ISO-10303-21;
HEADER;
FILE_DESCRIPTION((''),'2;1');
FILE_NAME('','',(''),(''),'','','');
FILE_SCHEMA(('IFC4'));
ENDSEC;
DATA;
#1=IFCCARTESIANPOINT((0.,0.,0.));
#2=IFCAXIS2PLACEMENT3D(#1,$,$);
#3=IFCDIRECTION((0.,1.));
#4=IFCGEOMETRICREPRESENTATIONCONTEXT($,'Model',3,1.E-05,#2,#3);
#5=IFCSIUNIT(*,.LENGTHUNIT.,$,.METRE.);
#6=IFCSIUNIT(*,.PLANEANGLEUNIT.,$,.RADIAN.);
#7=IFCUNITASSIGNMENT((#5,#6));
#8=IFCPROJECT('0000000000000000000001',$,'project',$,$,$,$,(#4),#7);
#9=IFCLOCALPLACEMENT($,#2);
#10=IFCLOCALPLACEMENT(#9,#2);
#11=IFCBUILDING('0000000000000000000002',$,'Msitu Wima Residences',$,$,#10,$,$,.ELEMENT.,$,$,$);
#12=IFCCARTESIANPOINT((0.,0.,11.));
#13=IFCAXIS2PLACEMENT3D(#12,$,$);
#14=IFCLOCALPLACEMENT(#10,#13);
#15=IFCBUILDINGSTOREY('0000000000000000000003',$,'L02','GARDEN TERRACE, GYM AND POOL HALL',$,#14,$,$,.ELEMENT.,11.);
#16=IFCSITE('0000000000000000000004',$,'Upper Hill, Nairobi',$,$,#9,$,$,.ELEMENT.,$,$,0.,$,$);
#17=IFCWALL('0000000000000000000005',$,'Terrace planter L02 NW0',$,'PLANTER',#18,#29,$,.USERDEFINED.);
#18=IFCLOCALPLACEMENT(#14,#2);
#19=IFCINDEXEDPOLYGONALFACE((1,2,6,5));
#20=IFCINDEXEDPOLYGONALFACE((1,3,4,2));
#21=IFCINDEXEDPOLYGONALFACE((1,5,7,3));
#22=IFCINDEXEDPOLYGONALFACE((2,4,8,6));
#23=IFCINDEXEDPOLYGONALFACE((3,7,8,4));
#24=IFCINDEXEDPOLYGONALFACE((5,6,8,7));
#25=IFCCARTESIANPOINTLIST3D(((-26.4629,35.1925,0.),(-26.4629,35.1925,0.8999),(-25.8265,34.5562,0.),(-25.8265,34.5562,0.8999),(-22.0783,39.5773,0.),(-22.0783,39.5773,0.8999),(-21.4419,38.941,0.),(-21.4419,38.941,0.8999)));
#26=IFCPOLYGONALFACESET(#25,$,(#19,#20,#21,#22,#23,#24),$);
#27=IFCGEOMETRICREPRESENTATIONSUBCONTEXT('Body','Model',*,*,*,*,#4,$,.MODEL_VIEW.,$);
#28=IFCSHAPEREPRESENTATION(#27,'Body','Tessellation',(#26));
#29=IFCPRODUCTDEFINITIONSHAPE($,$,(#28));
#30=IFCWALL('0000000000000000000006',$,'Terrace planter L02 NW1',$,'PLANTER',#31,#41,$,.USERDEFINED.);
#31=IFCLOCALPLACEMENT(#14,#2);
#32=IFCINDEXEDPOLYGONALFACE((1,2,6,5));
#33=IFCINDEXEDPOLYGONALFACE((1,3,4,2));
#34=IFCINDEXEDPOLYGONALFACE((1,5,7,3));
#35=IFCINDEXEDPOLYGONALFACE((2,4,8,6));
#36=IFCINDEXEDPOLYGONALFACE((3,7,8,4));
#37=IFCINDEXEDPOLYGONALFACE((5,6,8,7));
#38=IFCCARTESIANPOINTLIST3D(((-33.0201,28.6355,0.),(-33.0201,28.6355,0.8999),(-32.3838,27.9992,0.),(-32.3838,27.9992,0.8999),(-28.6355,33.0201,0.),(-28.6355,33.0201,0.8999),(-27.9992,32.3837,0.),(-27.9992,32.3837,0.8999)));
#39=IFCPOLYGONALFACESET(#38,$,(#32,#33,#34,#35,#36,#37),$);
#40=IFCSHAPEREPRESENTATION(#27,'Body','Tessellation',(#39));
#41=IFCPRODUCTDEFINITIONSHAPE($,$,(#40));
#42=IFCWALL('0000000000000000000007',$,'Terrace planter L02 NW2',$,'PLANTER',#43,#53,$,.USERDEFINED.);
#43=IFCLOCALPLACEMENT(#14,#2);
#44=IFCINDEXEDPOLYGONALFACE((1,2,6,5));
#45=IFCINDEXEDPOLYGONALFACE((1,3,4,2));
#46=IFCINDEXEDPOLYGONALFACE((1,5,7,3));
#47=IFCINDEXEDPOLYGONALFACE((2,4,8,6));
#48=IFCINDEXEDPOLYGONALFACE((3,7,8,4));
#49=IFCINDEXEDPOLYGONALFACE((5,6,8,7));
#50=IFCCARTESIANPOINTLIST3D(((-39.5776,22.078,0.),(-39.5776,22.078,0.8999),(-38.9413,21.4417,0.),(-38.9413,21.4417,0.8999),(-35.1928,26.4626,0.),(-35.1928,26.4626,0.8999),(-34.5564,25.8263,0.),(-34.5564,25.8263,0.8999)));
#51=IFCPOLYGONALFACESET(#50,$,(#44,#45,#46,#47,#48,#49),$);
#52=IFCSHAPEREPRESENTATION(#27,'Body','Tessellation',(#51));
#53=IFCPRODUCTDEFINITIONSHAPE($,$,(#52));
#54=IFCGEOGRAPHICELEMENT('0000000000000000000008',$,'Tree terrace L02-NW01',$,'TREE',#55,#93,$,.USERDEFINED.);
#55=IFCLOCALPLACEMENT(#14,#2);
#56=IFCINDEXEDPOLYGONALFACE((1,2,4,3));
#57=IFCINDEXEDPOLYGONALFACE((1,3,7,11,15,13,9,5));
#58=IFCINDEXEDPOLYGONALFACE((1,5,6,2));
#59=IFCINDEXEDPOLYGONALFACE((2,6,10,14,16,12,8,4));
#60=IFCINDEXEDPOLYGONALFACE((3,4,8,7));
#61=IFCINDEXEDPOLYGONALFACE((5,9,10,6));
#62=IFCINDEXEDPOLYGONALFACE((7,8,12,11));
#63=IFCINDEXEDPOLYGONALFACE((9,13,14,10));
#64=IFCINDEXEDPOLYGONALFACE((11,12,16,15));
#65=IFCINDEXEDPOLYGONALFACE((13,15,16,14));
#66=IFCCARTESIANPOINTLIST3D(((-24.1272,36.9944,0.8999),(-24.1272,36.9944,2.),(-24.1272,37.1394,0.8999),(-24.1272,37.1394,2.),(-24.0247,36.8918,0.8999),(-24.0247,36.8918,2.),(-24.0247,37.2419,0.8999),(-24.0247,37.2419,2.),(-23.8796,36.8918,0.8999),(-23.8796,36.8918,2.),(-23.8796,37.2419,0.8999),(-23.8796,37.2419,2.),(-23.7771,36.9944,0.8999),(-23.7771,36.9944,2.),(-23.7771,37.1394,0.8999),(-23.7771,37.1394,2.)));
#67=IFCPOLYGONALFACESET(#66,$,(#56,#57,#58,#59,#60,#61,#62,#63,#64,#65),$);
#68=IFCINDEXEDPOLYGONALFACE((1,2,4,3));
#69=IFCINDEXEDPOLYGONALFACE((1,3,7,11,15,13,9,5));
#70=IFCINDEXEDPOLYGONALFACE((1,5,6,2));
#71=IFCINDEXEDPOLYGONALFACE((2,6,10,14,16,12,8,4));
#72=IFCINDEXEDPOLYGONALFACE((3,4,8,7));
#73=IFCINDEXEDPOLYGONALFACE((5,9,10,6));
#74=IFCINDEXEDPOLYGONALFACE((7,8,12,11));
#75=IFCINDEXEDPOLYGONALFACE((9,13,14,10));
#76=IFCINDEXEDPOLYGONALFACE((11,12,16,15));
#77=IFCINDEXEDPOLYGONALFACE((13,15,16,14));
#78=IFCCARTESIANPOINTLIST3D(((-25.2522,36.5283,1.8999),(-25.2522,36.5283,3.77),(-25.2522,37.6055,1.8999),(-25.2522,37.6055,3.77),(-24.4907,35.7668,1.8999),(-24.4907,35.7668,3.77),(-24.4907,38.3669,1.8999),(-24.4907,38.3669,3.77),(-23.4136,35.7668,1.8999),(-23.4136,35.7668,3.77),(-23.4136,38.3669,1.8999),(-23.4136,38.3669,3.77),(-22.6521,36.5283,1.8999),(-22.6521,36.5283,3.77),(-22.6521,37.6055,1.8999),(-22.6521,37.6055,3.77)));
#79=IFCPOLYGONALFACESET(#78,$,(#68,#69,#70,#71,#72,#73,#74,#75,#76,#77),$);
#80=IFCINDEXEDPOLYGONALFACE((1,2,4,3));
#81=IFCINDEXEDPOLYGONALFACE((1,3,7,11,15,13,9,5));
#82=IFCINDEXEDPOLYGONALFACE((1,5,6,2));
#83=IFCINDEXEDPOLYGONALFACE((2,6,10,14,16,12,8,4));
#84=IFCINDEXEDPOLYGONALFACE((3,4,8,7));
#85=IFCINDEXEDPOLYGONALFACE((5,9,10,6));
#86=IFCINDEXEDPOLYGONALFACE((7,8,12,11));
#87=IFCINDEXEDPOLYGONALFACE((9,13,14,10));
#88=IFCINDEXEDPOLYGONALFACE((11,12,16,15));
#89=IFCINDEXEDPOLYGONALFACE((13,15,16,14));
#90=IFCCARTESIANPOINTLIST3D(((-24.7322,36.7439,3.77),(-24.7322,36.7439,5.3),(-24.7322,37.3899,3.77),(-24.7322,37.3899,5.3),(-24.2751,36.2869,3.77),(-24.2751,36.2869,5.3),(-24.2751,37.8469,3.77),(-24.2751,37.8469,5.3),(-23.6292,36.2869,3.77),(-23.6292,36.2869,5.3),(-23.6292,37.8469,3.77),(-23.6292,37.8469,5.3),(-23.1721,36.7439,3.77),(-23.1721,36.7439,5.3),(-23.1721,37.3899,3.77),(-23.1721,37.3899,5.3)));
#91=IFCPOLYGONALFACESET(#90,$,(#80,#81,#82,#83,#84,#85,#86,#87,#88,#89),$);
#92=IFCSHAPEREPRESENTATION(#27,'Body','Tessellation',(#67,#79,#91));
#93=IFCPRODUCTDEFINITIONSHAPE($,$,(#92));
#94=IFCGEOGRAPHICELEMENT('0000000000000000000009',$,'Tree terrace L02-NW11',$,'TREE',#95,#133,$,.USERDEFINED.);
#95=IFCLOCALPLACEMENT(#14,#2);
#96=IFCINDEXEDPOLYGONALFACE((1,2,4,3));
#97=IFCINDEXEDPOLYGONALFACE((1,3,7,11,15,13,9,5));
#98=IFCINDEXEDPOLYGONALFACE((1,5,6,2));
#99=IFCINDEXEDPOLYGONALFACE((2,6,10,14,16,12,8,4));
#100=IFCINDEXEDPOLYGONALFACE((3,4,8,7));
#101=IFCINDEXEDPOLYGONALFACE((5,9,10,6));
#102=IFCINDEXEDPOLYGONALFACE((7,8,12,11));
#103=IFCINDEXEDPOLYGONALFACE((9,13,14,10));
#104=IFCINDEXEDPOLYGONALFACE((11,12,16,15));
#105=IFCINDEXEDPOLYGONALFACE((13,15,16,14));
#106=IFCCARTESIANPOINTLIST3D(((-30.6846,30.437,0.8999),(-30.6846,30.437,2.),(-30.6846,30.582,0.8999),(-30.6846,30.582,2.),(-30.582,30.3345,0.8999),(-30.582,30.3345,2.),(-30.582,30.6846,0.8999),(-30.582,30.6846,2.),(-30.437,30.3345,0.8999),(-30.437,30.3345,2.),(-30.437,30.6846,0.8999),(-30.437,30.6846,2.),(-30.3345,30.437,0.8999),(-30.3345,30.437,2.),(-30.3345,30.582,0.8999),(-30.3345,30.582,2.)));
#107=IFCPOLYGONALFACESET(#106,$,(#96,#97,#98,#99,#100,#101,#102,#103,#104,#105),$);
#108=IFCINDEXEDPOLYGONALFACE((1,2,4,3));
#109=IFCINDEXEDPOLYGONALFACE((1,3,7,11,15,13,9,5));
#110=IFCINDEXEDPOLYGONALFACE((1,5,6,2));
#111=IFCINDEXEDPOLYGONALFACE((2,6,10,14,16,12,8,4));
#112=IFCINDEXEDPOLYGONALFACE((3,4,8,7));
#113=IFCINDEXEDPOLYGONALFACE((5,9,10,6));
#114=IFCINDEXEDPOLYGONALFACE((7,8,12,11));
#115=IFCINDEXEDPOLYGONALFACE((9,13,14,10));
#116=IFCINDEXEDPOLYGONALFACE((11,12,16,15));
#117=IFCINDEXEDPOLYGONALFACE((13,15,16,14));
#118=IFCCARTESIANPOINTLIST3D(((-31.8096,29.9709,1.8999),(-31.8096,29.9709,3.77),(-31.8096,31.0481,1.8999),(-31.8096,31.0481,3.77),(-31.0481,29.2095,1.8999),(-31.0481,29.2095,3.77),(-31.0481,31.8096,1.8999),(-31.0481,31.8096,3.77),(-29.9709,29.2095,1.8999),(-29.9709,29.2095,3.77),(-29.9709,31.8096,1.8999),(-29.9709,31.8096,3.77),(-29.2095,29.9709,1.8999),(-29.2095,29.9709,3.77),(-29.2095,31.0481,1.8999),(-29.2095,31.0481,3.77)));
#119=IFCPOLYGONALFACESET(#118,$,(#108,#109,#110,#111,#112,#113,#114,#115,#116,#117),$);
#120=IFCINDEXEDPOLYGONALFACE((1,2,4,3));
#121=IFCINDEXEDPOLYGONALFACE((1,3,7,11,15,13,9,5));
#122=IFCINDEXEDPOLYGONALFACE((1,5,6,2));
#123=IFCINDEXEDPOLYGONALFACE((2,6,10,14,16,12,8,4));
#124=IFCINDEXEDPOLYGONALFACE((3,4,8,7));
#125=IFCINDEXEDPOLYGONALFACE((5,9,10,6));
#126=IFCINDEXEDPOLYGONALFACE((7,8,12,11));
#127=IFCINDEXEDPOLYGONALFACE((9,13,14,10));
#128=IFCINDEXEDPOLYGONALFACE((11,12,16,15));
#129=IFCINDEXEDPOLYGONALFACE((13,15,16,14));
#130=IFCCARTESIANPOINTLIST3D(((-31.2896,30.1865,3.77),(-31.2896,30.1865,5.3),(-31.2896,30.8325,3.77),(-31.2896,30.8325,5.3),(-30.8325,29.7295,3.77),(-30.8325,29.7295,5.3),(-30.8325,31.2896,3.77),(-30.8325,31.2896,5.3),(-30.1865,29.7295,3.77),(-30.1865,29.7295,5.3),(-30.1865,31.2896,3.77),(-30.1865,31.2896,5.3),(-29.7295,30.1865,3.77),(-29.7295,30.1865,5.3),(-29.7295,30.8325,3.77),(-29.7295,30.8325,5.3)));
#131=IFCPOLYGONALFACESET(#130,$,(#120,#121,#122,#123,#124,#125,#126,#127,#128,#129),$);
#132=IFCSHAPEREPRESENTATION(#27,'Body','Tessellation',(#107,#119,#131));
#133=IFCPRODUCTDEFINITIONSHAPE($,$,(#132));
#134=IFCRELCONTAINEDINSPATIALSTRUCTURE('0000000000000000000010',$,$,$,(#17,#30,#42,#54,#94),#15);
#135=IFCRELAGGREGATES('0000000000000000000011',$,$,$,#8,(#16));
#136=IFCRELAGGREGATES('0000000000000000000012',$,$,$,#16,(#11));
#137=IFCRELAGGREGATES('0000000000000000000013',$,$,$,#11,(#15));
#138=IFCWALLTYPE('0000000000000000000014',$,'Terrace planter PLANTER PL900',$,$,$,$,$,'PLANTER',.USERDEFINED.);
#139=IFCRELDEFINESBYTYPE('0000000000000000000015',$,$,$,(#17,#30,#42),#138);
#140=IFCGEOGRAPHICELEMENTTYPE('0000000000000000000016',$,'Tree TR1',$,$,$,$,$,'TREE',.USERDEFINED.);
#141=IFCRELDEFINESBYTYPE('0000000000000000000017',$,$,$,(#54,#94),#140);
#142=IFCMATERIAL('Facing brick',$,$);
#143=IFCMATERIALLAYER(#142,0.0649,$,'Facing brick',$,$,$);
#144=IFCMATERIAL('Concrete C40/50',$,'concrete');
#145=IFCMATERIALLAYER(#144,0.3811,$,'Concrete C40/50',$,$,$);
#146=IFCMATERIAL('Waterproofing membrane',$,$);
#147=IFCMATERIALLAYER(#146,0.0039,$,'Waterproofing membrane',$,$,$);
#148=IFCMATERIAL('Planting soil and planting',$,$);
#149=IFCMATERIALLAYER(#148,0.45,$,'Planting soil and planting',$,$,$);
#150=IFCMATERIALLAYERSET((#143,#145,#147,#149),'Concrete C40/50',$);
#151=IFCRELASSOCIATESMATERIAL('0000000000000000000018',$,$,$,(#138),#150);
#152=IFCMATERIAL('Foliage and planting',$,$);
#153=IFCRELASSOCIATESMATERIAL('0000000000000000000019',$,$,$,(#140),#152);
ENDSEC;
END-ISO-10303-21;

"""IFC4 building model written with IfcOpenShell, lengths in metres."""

from ifc_helpers import new_model, si_unit, direction, frame, frame_2d, origin, place, context, subcontext, project, spatial, polyline, rectangle, outline, extrude, material, layer, layer_set, type_object, element, save


model = new_model("IFC4")

# Units and contexts
model_context = context("Model", 3, precision=1e-05, world=origin(), true_north=direction((0.0, 1.0)))
body_context = subcontext(model_context, "Body", "Model", "MODEL_VIEW")
ifc_project = project(units=[si_unit("LENGTHUNIT", "METRE"), si_unit("PLANEANGLEUNIT", "RADIAN")], contexts=[model_context])

# Site, building, storey
site_placement = place(None, origin())
site = spatial("IfcSite", under=ifc_project, at=site_placement, Name="Upper Hill, Nairobi", CompositionType="ELEMENT", RefElevation=0.0)
building_placement = place(site_placement, origin())
building = spatial("IfcBuilding", under=site, at=building_placement, Name="Msitu Wima Residences", CompositionType="ELEMENT")
storey_placement = place(building_placement, frame((0.0, 0.0, 11.0)))
storey = spatial("IfcBuildingStorey", under=building, at=storey_placement, Name="L02", Description="GARDEN TERRACE, GYM AND POOL HALL", CompositionType="ELEMENT", Elevation=11.0)

# Walls
ifc_material_1 = material(Name="Facing brick")
ifc_layer_1 = layer(ifc_material_1, 0.0649, Name="Facing brick")
ifc_material_2 = material(Name="Concrete C40/50", Category="concrete")
ifc_layer_2 = layer(ifc_material_2, 0.3811, Name="Concrete C40/50")
ifc_material_3 = material(Name="Waterproofing membrane")
ifc_layer_3 = layer(ifc_material_3, 0.0039, Name="Waterproofing membrane")
ifc_material_4 = material(Name="Planting soil and planting")
ifc_layer_4 = layer(ifc_material_4, 0.45, Name="Planting soil and planting")
ifc_layer_set_1 = layer_set([ifc_layer_1, ifc_layer_2, ifc_layer_3, ifc_layer_4], Name="Concrete C40/50")
wall_type_1 = type_object("IfcWallType", Name="Terrace planter PLANTER PL900", ElementType="PLANTER", PredefinedType="USERDEFINED", material=ifc_layer_set_1)
wall_1_placement = place(storey_placement, frame((-21.76, 39.2593, 0.0), z_axis=(0.0, 0.0, 1.0), x_axis=(-0.707087, -0.707126, 0.0)))
element("IfcWall", 1, at=wall_1_placement, inside=storey, type_object=wall_type_1, Name="Terrace planter L02 NW0", ObjectType="PLANTER", PredefinedType="USERDEFINED", context=body_context, shape_type="SweptSolid", body=[
    extrude(rectangle(XDim=6.2009, YDim=0.8999, at=frame_2d((3.1006, 0.0))), origin(), (0.0, 0.0, 1.0), 0.8999),
])
wall_2_placement = place(storey_placement, frame((-28.3174, 32.7019, 0.0), z_axis=(0.0, 0.0, 1.0), x_axis=(-0.707107, -0.707107, 0.0)))
element("IfcWall", 2, at=wall_2_placement, inside=storey, type_object=wall_type_1, Name="Terrace planter L02 NW1", ObjectType="PLANTER", PredefinedType="USERDEFINED", context=body_context, shape_type="SweptSolid", body=[
    extrude(rectangle(XDim=6.2007, YDim=0.8999, at=frame_2d((3.1003, 0.0))), origin(), (0.0, 0.0, 1.0), 0.8999),
])
wall_3_placement = place(storey_placement, frame((-34.8745, 26.1445, 0.0), z_axis=(0.0, 0.0, 1.0), x_axis=(-0.707126, -0.707087, 0.0)))
element("IfcWall", 3, at=wall_3_placement, inside=storey, type_object=wall_type_1, Name="Terrace planter L02 NW2", ObjectType="PLANTER", PredefinedType="USERDEFINED", context=body_context, shape_type="SweptSolid", body=[
    extrude(rectangle(XDim=6.2009, YDim=0.8999, at=frame_2d((3.1006, 0.0))), origin(), (0.0, 0.0, 1.0), 0.8999),
])

# Geographic elements
ifc_material_5 = material(Name="Foliage and planting")
geographic_element_type = type_object("IfcGeographicElementType", Name="Tree TR1", ElementType="TREE", PredefinedType="USERDEFINED", material=ifc_material_5)
for number, where, z_axis, x_axis, name in (
    (4, (-23.9521, 37.0669, 0.8999), (0.0, 0.0, 1.0), (1.0, 0.0, 0.0), "Tree terrace L02-NW01"),
    (5, (-30.5095, 30.5095, 0.8999), (0.0, 0.0, 1.0), (1.0, 0.0, 0.0), "Tree terrace L02-NW11"),
):
    element("IfcGeographicElement", number, at=place(storey_placement, frame(where, z_axis=z_axis, x_axis=x_axis)), inside=storey, type_object=geographic_element_type, Name=name, ObjectType="TREE", PredefinedType="USERDEFINED", context=body_context, shape_type="SweptSolid", body=[
        extrude(outline(polyline([(0.175, 0.0725), (0.0725, 0.175), (-0.0725, 0.175), (-0.175, 0.0725), (-0.175, -0.0725), (-0.0725, -0.175), (0.0725, -0.175), (0.175, -0.0725), (0.175, 0.0725)])), origin(), (0.0, 0.0, 1.0), 1.1001),
        extrude(outline(polyline([(1.3, 0.5386), (0.5386, 1.3), (-0.5386, 1.3), (-1.3, 0.5386), (-1.3, -0.5386), (-0.5386, -1.3), (0.5386, -1.3), (1.3, -0.5386), (1.3, 0.5386)])), frame((0.0, 0.0, 1.0)), (0.0, 0.0, 1.0), 1.8701),
        extrude(outline(polyline([(0.78, 0.323), (0.323, 0.78), (-0.323, 0.78), (-0.78, 0.323), (-0.78, -0.323), (-0.323, -0.78), (0.323, -0.78), (0.78, -0.323), (0.78, 0.323)])), frame((0.0, 0.0, 2.8701)), (0.0, 0.0, 1.0), 1.53),
    ])

save(model, "model.ifc")
